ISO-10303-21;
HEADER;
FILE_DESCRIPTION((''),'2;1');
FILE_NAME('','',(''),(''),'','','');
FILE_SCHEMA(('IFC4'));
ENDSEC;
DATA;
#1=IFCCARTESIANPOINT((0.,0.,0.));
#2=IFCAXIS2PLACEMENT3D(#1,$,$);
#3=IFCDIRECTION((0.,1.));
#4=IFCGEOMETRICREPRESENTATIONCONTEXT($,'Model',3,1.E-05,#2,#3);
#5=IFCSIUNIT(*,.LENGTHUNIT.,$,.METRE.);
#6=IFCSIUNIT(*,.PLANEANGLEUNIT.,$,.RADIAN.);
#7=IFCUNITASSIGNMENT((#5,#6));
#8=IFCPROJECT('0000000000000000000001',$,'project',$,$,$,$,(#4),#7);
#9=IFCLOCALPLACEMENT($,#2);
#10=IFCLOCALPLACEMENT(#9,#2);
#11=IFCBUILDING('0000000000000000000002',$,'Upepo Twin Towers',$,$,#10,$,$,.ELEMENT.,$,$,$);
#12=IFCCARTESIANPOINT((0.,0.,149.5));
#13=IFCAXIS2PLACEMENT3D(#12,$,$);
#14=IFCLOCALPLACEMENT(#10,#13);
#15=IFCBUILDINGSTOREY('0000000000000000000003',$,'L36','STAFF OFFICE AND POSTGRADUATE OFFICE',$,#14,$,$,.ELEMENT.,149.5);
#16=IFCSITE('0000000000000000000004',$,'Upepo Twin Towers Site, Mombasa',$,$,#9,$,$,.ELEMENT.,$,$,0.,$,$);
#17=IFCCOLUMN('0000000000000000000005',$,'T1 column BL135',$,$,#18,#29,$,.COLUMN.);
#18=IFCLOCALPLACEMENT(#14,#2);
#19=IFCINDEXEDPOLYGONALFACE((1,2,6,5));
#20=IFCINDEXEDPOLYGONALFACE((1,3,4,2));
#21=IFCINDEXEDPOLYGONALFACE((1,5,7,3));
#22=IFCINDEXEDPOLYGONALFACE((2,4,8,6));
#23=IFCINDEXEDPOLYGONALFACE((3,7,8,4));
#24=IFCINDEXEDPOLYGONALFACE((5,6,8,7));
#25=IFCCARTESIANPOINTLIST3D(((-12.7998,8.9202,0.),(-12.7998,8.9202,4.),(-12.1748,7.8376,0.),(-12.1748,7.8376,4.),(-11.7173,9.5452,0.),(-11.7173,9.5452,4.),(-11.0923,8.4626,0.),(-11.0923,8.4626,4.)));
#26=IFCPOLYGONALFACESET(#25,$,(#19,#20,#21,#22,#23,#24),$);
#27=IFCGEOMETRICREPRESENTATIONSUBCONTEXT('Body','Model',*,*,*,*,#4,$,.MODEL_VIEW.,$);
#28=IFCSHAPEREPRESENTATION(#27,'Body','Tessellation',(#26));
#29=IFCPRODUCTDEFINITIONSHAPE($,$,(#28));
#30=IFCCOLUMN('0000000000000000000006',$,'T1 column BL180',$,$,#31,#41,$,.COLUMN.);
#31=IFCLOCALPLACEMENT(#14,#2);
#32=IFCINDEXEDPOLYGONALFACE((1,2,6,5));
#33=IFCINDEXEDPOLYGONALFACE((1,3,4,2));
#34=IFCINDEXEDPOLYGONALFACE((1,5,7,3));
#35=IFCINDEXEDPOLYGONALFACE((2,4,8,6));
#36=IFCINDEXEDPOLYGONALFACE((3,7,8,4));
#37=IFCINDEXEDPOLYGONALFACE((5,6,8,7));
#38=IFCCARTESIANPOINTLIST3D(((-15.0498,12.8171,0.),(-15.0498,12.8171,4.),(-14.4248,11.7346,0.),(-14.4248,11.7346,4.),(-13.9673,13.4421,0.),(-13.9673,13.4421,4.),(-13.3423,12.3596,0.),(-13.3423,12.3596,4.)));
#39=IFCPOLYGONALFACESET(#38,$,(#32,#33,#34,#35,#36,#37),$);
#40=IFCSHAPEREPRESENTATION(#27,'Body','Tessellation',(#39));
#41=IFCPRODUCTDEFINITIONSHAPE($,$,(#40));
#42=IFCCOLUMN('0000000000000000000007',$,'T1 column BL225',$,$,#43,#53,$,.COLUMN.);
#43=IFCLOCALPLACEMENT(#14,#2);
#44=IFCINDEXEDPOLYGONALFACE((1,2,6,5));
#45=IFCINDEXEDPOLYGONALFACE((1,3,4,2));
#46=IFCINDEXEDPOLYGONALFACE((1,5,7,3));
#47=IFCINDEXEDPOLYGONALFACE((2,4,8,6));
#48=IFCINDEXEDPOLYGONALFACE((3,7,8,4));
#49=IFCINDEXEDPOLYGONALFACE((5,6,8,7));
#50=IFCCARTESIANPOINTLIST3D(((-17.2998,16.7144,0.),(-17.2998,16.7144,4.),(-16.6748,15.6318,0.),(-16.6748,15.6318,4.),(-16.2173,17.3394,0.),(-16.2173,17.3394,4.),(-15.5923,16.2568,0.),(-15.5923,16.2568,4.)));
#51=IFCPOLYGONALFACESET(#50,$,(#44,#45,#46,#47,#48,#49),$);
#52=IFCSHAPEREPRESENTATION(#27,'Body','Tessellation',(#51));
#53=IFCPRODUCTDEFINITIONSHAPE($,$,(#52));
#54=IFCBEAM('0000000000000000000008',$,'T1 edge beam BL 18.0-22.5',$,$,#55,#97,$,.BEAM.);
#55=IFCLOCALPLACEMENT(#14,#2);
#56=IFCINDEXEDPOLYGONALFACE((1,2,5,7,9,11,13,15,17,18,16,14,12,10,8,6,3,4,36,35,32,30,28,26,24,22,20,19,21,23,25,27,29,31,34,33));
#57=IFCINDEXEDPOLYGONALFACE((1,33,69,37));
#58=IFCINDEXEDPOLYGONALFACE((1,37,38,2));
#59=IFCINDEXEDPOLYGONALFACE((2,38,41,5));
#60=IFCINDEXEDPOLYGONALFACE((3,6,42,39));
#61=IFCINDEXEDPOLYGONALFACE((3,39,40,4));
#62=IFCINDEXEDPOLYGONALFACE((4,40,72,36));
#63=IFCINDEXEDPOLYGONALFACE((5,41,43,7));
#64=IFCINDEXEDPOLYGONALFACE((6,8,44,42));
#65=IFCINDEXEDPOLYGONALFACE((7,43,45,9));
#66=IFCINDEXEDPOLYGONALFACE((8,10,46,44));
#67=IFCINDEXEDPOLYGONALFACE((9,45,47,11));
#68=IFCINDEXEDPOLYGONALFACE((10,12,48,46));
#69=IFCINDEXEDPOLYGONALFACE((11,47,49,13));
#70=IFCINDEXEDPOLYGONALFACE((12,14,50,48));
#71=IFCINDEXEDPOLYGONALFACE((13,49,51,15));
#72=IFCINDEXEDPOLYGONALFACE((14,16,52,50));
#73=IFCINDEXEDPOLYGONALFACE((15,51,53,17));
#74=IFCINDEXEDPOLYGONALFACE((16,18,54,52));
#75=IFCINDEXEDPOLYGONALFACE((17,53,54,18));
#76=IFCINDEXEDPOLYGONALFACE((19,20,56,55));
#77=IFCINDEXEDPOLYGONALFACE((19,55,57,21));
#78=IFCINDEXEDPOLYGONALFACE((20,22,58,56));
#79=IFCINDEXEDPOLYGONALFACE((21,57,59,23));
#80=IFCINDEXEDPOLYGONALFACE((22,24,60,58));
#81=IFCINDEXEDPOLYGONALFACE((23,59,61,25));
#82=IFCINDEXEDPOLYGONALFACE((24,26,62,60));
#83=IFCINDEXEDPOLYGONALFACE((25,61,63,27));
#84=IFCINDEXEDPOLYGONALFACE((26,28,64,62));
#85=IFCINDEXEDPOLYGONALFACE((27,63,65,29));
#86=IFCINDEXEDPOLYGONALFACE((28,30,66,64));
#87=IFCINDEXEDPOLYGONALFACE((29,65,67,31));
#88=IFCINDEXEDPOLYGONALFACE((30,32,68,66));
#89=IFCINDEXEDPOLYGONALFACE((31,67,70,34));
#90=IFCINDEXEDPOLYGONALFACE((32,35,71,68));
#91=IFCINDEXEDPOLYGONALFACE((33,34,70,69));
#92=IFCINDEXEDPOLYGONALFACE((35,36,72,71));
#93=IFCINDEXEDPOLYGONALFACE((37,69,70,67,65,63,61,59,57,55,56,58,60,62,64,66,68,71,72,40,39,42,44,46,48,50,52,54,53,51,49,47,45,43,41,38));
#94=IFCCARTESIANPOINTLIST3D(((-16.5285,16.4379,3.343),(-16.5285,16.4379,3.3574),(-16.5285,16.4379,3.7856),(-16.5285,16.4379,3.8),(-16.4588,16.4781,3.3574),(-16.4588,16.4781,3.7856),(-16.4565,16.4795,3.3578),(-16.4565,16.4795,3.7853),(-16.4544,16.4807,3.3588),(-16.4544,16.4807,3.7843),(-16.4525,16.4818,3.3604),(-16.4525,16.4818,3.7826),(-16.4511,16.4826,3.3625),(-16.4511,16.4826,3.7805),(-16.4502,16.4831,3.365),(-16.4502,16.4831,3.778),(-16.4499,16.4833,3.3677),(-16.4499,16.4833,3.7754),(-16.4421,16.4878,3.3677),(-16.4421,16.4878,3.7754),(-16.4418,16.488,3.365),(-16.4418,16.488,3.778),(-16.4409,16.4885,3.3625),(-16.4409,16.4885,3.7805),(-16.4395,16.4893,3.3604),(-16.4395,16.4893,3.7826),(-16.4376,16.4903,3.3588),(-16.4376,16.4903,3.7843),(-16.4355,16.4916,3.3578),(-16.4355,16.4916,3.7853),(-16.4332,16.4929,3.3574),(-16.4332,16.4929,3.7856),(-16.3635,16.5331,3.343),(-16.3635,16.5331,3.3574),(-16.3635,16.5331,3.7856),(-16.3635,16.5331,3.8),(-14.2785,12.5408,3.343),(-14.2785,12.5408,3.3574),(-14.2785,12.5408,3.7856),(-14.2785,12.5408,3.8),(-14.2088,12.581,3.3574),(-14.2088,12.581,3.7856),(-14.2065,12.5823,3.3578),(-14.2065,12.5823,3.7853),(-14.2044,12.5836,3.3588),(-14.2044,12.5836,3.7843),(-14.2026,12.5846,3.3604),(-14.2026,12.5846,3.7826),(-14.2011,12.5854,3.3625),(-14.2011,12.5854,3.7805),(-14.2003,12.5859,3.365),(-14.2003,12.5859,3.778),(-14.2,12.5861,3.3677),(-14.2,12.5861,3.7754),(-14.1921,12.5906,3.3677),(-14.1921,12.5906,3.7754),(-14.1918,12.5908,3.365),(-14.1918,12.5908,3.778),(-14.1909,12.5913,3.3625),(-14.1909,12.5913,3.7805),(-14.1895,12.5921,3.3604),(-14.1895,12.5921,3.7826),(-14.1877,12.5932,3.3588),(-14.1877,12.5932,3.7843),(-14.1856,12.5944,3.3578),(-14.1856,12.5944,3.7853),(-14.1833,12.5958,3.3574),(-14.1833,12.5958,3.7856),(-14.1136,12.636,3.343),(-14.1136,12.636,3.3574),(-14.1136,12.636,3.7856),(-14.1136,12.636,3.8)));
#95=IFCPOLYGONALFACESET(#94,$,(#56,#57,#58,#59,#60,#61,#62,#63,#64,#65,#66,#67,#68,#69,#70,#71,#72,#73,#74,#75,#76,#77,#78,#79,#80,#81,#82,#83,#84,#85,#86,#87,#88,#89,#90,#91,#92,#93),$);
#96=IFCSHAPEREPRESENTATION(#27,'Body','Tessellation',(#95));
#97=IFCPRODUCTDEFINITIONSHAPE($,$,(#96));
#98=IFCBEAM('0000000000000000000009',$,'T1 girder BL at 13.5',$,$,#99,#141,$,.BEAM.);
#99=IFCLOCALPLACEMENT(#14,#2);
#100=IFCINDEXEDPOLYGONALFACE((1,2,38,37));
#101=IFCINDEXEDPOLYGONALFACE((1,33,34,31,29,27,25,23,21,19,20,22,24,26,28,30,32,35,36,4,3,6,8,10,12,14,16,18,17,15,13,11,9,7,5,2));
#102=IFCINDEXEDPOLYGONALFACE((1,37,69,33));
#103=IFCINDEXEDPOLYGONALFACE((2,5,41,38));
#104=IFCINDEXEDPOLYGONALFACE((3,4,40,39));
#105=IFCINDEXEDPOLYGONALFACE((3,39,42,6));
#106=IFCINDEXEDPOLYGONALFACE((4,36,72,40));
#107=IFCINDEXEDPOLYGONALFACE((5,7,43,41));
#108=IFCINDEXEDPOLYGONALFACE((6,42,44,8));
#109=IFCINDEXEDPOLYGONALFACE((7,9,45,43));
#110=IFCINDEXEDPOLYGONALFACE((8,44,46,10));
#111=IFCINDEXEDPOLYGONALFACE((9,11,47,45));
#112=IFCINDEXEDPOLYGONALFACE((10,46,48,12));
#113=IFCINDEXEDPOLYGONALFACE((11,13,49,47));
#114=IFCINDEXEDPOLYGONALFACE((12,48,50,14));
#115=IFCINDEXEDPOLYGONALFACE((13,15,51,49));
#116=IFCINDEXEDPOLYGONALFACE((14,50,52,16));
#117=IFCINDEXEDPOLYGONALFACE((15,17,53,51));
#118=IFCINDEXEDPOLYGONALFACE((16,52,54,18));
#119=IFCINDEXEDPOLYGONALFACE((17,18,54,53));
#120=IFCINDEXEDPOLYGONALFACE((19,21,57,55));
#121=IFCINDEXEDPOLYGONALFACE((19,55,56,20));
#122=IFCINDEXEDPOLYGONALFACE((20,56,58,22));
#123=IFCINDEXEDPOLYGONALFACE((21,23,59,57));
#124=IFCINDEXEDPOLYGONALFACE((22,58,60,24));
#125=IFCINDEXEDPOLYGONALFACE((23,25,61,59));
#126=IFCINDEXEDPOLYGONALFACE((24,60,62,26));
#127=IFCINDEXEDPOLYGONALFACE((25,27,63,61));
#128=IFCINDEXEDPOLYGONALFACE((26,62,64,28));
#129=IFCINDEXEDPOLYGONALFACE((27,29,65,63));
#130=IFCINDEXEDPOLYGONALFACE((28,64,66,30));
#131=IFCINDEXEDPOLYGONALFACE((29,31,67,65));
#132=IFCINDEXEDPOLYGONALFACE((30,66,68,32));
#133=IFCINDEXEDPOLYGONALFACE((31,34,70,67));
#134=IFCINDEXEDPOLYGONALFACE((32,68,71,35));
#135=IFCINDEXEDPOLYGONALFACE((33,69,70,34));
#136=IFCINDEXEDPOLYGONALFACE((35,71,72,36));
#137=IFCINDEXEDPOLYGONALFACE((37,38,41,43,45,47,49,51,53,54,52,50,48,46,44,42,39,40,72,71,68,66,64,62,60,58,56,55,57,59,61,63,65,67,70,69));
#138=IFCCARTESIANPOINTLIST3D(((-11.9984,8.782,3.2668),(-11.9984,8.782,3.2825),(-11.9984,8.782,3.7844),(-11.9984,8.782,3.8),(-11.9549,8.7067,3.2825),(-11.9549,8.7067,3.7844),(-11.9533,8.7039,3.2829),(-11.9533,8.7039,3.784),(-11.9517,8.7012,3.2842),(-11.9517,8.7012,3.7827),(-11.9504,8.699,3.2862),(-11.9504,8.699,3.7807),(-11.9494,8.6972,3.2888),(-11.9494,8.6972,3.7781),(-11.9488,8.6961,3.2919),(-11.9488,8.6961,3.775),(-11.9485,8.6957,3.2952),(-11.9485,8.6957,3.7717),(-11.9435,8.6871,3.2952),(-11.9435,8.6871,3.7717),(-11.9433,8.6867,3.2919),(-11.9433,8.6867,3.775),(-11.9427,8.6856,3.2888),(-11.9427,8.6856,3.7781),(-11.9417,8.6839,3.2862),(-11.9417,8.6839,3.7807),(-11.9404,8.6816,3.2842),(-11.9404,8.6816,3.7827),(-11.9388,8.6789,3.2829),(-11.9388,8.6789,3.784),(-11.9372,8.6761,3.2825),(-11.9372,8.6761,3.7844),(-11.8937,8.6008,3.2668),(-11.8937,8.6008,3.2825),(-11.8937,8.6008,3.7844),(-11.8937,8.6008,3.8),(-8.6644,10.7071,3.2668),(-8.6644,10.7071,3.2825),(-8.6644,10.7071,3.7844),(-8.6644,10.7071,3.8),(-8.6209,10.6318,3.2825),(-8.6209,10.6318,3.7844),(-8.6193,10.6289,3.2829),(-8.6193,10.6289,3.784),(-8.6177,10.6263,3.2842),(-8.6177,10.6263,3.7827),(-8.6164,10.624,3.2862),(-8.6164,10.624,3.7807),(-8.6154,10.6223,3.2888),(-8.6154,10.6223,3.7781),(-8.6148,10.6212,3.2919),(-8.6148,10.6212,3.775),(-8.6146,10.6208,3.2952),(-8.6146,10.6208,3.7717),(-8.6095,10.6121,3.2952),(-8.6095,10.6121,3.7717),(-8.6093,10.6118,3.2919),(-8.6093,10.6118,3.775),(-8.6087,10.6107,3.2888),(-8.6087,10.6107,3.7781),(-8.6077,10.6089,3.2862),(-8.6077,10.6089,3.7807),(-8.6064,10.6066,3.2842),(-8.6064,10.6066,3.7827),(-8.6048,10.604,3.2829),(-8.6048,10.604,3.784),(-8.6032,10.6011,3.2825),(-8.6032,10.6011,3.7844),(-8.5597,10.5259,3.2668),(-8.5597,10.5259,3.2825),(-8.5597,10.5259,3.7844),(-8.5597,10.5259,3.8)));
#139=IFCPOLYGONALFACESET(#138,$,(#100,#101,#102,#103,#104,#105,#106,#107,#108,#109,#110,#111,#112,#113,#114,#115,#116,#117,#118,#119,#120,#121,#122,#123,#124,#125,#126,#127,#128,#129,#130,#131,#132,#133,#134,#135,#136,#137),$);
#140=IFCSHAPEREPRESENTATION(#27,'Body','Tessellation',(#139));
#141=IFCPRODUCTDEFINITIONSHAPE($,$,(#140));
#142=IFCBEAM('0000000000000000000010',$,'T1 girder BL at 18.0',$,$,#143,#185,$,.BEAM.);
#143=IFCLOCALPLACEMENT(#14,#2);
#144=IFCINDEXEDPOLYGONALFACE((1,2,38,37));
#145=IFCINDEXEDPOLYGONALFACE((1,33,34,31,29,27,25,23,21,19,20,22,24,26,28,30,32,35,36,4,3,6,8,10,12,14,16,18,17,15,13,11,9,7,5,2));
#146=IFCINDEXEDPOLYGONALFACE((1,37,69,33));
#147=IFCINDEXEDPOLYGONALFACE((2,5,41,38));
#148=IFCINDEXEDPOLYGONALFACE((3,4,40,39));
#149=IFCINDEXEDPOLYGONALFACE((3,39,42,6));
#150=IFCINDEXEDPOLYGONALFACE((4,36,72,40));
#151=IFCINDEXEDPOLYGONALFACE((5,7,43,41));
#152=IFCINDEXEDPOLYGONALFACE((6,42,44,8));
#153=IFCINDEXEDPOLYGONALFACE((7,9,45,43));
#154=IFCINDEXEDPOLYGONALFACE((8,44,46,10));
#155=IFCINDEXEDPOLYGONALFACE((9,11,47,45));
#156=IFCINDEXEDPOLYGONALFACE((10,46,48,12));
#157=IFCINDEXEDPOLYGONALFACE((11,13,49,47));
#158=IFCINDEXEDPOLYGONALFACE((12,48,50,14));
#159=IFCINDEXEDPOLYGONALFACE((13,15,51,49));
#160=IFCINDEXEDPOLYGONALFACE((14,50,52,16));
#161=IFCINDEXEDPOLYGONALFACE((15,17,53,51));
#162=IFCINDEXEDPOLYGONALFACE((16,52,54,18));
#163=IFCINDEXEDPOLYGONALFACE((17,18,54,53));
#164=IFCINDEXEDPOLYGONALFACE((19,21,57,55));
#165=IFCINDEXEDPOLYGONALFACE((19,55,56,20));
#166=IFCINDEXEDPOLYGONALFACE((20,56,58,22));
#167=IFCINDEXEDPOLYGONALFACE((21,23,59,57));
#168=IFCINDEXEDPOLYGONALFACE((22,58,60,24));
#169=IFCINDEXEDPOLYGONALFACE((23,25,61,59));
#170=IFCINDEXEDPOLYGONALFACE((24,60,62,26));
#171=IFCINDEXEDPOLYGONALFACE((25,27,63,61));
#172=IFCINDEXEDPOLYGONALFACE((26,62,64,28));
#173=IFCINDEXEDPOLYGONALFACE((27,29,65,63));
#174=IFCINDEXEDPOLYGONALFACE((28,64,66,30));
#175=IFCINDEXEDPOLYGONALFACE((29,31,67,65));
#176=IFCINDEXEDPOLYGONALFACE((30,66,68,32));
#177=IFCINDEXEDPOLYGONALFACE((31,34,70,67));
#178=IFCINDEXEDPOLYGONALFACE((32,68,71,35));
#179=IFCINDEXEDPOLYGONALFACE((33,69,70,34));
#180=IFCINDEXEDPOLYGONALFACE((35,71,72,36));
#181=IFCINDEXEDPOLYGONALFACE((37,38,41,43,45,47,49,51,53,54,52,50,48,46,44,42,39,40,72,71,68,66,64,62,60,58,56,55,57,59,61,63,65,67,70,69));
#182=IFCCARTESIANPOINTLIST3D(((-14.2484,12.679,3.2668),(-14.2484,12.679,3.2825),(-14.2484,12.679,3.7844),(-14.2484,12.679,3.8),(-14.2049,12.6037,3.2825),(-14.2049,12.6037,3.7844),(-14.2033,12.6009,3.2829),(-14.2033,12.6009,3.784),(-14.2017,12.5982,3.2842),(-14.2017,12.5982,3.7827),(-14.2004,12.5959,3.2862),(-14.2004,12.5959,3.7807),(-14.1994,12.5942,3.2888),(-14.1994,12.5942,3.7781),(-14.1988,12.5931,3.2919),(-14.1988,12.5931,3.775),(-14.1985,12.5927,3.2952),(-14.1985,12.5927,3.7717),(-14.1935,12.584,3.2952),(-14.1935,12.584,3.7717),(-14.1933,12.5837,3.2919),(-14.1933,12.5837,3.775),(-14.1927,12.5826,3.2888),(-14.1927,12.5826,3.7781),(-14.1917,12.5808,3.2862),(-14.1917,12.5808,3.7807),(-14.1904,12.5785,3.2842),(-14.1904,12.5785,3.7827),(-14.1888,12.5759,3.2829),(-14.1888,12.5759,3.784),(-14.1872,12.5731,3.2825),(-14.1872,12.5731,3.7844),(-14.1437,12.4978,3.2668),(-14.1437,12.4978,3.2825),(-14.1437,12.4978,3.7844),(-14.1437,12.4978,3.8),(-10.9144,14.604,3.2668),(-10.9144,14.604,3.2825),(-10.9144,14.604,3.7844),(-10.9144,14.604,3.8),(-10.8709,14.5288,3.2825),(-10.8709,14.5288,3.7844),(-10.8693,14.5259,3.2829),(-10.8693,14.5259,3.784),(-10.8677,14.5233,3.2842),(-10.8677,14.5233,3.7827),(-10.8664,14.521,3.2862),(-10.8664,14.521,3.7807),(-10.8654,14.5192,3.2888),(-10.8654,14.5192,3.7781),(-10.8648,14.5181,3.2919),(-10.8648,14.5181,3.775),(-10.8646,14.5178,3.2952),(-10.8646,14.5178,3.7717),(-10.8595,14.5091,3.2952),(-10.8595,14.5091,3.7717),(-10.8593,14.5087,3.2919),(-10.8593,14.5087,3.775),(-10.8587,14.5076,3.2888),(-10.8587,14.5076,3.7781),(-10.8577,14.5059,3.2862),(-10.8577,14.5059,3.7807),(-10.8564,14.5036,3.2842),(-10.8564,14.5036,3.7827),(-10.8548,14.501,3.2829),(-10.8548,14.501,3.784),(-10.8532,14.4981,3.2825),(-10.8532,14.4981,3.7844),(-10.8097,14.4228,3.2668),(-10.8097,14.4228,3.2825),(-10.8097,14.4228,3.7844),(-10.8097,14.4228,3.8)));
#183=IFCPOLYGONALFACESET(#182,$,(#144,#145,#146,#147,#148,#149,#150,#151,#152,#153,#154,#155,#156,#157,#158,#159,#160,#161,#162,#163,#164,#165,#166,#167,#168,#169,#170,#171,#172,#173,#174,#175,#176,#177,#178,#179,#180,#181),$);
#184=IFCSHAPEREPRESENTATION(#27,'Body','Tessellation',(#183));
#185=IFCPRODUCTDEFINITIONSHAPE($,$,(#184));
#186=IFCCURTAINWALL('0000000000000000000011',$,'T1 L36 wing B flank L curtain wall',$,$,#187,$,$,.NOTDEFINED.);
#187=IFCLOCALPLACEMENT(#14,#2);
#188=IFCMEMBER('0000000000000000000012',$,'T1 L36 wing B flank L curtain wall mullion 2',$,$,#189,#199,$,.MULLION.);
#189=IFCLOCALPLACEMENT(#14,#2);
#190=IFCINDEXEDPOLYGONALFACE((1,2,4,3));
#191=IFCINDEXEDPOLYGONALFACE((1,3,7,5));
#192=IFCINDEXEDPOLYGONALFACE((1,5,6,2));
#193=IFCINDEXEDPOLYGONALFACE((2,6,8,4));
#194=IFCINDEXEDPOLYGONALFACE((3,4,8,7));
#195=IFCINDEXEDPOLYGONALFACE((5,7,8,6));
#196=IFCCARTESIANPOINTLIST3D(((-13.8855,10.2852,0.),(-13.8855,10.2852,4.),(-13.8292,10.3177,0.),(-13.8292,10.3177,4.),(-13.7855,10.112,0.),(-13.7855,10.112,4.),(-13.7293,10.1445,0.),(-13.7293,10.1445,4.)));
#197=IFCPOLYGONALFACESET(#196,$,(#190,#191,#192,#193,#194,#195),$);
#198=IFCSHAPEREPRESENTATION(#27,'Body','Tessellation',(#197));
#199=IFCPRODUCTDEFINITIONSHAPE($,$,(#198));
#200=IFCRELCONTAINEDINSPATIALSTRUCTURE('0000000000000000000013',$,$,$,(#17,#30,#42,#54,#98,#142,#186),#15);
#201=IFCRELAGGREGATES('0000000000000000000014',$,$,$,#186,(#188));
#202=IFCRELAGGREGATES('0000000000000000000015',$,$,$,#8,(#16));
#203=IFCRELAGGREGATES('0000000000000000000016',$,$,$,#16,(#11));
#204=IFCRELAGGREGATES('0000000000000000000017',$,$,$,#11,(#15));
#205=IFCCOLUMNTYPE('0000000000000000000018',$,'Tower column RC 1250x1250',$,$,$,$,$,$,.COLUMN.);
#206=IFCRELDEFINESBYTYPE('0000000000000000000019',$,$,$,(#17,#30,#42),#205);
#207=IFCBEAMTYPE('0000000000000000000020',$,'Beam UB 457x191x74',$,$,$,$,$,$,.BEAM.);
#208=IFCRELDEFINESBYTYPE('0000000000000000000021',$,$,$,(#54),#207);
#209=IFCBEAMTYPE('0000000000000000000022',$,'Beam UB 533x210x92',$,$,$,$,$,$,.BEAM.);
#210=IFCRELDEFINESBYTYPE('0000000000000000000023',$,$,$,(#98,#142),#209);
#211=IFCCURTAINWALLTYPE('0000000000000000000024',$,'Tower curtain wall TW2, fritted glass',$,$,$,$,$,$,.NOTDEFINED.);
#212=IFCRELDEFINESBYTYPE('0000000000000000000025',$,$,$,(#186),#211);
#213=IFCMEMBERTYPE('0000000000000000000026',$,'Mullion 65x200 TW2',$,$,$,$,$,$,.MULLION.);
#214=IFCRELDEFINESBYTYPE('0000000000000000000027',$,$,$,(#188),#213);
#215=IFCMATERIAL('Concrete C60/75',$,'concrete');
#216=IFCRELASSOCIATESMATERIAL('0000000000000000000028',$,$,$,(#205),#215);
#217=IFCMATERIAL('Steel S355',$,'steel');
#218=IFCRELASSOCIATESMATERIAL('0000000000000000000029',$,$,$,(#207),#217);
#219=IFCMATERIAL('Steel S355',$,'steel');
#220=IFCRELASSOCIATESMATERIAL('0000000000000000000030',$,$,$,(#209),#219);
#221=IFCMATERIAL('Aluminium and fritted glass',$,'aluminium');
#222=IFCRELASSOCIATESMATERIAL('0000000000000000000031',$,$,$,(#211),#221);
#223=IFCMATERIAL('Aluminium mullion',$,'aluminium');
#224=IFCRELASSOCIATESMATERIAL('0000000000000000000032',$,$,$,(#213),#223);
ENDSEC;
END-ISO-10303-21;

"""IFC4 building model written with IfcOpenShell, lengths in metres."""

from ifc_helpers import new_model, si_unit, direction, frame, origin, origin_2d, place, context, subcontext, project, spatial, rectangle, i_section, extrude, material, material_profile, profile_set, type_object, element, aggregate, save


model = new_model("IFC4")

# Units and contexts
model_context = context("Model", 3, precision=1e-05, world=origin(), true_north=direction((0.0, 1.0)))
body_context = subcontext(model_context, "Body", "Model", "MODEL_VIEW")
ifc_project = project(units=[si_unit("LENGTHUNIT", "METRE"), si_unit("PLANEANGLEUNIT", "RADIAN")], contexts=[model_context])

# Site, building, storey
site_placement = place(None, origin())
site = spatial("IfcSite", under=ifc_project, at=site_placement, Name="Upepo Twin Towers Site, Mombasa", CompositionType="ELEMENT", RefElevation=0.0)
building_placement = place(site_placement, origin())
building = spatial("IfcBuilding", under=site, at=building_placement, Name="Upepo Twin Towers", CompositionType="ELEMENT")
storey_placement = place(building_placement, frame((0.0, 0.0, 149.5)))
storey = spatial("IfcBuildingStorey", under=building, at=storey_placement, Name="L36", Description="STAFF OFFICE AND POSTGRADUATE OFFICE", CompositionType="ELEMENT", Elevation=149.5)

# Columns
ifc_material_1 = material(Name="Concrete C60/75", Category="concrete")
ifc_material_profile_1 = material_profile(ifc_material_1, rectangle(XDim=1.25, YDim=1.25, at=origin_2d()), Name="RC 1250x1250")
ifc_profile_set_1 = profile_set([ifc_material_profile_1], Name="Concrete C60/75")
column_type = type_object("IfcColumnType", Name="Tower column RC 1250x1250", PredefinedType="COLUMN", material=ifc_profile_set_1)
for number, where, z_axis, x_axis, name in (
    (1, (-11.946, 8.6914, 0.0), (0.0, 0.0, 1.0), (0.866025, 0.5, 0.0), "T1 column BL135"),
    (2, (-14.196, 12.5884, 0.0), (0.0, 0.0, 1.0), (0.866025, 0.5, 0.0), "T1 column BL180"),
    (3, (-16.446, 16.4856, 0.0), (0.0, 0.0, 1.0), (0.866025, 0.5, 0.0), "T1 column BL225"),
):
    element("IfcColumn", number, at=place(storey_placement, frame(where, z_axis=z_axis, x_axis=x_axis)), inside=storey, type_object=column_type, Name=name, PredefinedType="COLUMN", context=body_context, shape_type="SweptSolid", body=[
        extrude(rectangle(XDim=1.25, YDim=1.25, at=origin_2d()), origin(), (0.0, 0.0, 1.0), 4.0),
    ])

# Beams
ifc_material_2 = material(Name="Steel S355", Category="steel")
ifc_material_profile_2 = material_profile(ifc_material_2, i_section(OverallWidth=0.1904, OverallDepth=0.457, WebThickness=0.009, FlangeThickness=0.0144, FilletRadius=0.0103, at=origin_2d()), Name="UB 457x191x74")
ifc_profile_set_2 = profile_set([ifc_material_profile_2], Name="Steel S355")
beam_type_1 = type_object("IfcBeamType", Name="Beam UB 457x191x74", PredefinedType="BEAM", material=ifc_profile_set_2)
beam_placement = place(storey_placement, frame((-14.196, 12.5884, 3.5715), z_axis=(-0.49999, 0.866031, 0.0), x_axis=(-0.866031, -0.49999, 0.0)))
element("IfcBeam", 4, at=beam_placement, inside=storey, type_object=beam_type_1, Name="T1 edge beam BL 18.0-22.5", PredefinedType="BEAM", context=body_context, shape_type="SweptSolid", body=[
    extrude(i_section(OverallWidth=0.1904, OverallDepth=0.457, WebThickness=0.009, FlangeThickness=0.0144, FilletRadius=0.0103, at=origin_2d()), origin(), (0.0, 0.0, 1.0), 4.5),
])
ifc_material_3 = material(Name="Steel S355", Category="steel")
ifc_material_profile_3 = material_profile(ifc_material_3, i_section(OverallWidth=0.2092, OverallDepth=0.5332, WebThickness=0.01, FlangeThickness=0.0156, FilletRadius=0.0127, at=origin_2d()), Name="UB 533x210x92")
ifc_profile_set_3 = profile_set([ifc_material_profile_3], Name="Steel S355")
beam_type_2 = type_object("IfcBeamType", Name="Beam UB 533x210x92", PredefinedType="BEAM", material=ifc_profile_set_3)
for number, where, z_axis, x_axis, name in (
    (5, (-11.946, 8.6914, 3.5334), (0.866006, 0.500034, 0.0), (-0.500034, 0.866006, 0.0), "T1 girder BL at 13.5"),
    (6, (-14.196, 12.5884, 3.5334), (0.866006, 0.500034, 0.0), (-0.500034, 0.866006, 0.0), "T1 girder BL at 18.0"),
):
    element("IfcBeam", number, at=place(storey_placement, frame(where, z_axis=z_axis, x_axis=x_axis)), inside=storey, type_object=beam_type_2, Name=name, PredefinedType="BEAM", context=body_context, shape_type="SweptSolid", body=[
        extrude(i_section(OverallWidth=0.2092, OverallDepth=0.5332, WebThickness=0.01, FlangeThickness=0.0156, FilletRadius=0.0127, at=origin_2d()), origin(), (0.0, 0.0, 1.0), 3.8499),
    ])

# Curtain wall, member
ifc_material_4 = material(Name="Aluminium and fritted glass", Category="aluminium")
curtain_wall_type = type_object("IfcCurtainWallType", Name="Tower curtain wall TW2, fritted glass", PredefinedType="NOTDEFINED", material=ifc_material_4)
curtain_wall_placement = place(storey_placement, origin())
curtain_wall = element("IfcCurtainWall", 7, at=curtain_wall_placement, inside=storey, type_object=curtain_wall_type, Name="T1 L36 wing B flank L curtain wall", PredefinedType="NOTDEFINED")
ifc_material_5 = material(Name="Aluminium mullion", Category="aluminium")
ifc_material_profile_4 = material_profile(ifc_material_5, rectangle(XDim=0.0649, YDim=0.2, at=origin_2d()), Name="MULLION 65x200")
ifc_profile_set_4 = profile_set([ifc_material_profile_4], Name="Aluminium mullion")
member_type_1 = type_object("IfcMemberType", Name="Mullion 65x200 TW2", PredefinedType="MULLION", material=ifc_profile_set_4)
member_1_placement = place(storey_placement, frame((-13.8074, 10.2148, 0.0), z_axis=(0.0, 0.0, 1.0), x_axis=(-0.866025, -0.5, 0.0)))
member_1 = element("IfcMember", 8, at=member_1_placement, type_object=member_type_1, Name="T1 L36 wing B flank L curtain wall mullion 2", PredefinedType="MULLION", context=body_context, shape_type="SweptSolid", body=[
    extrude(rectangle(XDim=0.0649, YDim=0.2, at=origin_2d()), origin(), (0.0, 0.0, 1.0), 4.0),
])
aggregate(curtain_wall, [member_1])

save(model, "model.ifc")
